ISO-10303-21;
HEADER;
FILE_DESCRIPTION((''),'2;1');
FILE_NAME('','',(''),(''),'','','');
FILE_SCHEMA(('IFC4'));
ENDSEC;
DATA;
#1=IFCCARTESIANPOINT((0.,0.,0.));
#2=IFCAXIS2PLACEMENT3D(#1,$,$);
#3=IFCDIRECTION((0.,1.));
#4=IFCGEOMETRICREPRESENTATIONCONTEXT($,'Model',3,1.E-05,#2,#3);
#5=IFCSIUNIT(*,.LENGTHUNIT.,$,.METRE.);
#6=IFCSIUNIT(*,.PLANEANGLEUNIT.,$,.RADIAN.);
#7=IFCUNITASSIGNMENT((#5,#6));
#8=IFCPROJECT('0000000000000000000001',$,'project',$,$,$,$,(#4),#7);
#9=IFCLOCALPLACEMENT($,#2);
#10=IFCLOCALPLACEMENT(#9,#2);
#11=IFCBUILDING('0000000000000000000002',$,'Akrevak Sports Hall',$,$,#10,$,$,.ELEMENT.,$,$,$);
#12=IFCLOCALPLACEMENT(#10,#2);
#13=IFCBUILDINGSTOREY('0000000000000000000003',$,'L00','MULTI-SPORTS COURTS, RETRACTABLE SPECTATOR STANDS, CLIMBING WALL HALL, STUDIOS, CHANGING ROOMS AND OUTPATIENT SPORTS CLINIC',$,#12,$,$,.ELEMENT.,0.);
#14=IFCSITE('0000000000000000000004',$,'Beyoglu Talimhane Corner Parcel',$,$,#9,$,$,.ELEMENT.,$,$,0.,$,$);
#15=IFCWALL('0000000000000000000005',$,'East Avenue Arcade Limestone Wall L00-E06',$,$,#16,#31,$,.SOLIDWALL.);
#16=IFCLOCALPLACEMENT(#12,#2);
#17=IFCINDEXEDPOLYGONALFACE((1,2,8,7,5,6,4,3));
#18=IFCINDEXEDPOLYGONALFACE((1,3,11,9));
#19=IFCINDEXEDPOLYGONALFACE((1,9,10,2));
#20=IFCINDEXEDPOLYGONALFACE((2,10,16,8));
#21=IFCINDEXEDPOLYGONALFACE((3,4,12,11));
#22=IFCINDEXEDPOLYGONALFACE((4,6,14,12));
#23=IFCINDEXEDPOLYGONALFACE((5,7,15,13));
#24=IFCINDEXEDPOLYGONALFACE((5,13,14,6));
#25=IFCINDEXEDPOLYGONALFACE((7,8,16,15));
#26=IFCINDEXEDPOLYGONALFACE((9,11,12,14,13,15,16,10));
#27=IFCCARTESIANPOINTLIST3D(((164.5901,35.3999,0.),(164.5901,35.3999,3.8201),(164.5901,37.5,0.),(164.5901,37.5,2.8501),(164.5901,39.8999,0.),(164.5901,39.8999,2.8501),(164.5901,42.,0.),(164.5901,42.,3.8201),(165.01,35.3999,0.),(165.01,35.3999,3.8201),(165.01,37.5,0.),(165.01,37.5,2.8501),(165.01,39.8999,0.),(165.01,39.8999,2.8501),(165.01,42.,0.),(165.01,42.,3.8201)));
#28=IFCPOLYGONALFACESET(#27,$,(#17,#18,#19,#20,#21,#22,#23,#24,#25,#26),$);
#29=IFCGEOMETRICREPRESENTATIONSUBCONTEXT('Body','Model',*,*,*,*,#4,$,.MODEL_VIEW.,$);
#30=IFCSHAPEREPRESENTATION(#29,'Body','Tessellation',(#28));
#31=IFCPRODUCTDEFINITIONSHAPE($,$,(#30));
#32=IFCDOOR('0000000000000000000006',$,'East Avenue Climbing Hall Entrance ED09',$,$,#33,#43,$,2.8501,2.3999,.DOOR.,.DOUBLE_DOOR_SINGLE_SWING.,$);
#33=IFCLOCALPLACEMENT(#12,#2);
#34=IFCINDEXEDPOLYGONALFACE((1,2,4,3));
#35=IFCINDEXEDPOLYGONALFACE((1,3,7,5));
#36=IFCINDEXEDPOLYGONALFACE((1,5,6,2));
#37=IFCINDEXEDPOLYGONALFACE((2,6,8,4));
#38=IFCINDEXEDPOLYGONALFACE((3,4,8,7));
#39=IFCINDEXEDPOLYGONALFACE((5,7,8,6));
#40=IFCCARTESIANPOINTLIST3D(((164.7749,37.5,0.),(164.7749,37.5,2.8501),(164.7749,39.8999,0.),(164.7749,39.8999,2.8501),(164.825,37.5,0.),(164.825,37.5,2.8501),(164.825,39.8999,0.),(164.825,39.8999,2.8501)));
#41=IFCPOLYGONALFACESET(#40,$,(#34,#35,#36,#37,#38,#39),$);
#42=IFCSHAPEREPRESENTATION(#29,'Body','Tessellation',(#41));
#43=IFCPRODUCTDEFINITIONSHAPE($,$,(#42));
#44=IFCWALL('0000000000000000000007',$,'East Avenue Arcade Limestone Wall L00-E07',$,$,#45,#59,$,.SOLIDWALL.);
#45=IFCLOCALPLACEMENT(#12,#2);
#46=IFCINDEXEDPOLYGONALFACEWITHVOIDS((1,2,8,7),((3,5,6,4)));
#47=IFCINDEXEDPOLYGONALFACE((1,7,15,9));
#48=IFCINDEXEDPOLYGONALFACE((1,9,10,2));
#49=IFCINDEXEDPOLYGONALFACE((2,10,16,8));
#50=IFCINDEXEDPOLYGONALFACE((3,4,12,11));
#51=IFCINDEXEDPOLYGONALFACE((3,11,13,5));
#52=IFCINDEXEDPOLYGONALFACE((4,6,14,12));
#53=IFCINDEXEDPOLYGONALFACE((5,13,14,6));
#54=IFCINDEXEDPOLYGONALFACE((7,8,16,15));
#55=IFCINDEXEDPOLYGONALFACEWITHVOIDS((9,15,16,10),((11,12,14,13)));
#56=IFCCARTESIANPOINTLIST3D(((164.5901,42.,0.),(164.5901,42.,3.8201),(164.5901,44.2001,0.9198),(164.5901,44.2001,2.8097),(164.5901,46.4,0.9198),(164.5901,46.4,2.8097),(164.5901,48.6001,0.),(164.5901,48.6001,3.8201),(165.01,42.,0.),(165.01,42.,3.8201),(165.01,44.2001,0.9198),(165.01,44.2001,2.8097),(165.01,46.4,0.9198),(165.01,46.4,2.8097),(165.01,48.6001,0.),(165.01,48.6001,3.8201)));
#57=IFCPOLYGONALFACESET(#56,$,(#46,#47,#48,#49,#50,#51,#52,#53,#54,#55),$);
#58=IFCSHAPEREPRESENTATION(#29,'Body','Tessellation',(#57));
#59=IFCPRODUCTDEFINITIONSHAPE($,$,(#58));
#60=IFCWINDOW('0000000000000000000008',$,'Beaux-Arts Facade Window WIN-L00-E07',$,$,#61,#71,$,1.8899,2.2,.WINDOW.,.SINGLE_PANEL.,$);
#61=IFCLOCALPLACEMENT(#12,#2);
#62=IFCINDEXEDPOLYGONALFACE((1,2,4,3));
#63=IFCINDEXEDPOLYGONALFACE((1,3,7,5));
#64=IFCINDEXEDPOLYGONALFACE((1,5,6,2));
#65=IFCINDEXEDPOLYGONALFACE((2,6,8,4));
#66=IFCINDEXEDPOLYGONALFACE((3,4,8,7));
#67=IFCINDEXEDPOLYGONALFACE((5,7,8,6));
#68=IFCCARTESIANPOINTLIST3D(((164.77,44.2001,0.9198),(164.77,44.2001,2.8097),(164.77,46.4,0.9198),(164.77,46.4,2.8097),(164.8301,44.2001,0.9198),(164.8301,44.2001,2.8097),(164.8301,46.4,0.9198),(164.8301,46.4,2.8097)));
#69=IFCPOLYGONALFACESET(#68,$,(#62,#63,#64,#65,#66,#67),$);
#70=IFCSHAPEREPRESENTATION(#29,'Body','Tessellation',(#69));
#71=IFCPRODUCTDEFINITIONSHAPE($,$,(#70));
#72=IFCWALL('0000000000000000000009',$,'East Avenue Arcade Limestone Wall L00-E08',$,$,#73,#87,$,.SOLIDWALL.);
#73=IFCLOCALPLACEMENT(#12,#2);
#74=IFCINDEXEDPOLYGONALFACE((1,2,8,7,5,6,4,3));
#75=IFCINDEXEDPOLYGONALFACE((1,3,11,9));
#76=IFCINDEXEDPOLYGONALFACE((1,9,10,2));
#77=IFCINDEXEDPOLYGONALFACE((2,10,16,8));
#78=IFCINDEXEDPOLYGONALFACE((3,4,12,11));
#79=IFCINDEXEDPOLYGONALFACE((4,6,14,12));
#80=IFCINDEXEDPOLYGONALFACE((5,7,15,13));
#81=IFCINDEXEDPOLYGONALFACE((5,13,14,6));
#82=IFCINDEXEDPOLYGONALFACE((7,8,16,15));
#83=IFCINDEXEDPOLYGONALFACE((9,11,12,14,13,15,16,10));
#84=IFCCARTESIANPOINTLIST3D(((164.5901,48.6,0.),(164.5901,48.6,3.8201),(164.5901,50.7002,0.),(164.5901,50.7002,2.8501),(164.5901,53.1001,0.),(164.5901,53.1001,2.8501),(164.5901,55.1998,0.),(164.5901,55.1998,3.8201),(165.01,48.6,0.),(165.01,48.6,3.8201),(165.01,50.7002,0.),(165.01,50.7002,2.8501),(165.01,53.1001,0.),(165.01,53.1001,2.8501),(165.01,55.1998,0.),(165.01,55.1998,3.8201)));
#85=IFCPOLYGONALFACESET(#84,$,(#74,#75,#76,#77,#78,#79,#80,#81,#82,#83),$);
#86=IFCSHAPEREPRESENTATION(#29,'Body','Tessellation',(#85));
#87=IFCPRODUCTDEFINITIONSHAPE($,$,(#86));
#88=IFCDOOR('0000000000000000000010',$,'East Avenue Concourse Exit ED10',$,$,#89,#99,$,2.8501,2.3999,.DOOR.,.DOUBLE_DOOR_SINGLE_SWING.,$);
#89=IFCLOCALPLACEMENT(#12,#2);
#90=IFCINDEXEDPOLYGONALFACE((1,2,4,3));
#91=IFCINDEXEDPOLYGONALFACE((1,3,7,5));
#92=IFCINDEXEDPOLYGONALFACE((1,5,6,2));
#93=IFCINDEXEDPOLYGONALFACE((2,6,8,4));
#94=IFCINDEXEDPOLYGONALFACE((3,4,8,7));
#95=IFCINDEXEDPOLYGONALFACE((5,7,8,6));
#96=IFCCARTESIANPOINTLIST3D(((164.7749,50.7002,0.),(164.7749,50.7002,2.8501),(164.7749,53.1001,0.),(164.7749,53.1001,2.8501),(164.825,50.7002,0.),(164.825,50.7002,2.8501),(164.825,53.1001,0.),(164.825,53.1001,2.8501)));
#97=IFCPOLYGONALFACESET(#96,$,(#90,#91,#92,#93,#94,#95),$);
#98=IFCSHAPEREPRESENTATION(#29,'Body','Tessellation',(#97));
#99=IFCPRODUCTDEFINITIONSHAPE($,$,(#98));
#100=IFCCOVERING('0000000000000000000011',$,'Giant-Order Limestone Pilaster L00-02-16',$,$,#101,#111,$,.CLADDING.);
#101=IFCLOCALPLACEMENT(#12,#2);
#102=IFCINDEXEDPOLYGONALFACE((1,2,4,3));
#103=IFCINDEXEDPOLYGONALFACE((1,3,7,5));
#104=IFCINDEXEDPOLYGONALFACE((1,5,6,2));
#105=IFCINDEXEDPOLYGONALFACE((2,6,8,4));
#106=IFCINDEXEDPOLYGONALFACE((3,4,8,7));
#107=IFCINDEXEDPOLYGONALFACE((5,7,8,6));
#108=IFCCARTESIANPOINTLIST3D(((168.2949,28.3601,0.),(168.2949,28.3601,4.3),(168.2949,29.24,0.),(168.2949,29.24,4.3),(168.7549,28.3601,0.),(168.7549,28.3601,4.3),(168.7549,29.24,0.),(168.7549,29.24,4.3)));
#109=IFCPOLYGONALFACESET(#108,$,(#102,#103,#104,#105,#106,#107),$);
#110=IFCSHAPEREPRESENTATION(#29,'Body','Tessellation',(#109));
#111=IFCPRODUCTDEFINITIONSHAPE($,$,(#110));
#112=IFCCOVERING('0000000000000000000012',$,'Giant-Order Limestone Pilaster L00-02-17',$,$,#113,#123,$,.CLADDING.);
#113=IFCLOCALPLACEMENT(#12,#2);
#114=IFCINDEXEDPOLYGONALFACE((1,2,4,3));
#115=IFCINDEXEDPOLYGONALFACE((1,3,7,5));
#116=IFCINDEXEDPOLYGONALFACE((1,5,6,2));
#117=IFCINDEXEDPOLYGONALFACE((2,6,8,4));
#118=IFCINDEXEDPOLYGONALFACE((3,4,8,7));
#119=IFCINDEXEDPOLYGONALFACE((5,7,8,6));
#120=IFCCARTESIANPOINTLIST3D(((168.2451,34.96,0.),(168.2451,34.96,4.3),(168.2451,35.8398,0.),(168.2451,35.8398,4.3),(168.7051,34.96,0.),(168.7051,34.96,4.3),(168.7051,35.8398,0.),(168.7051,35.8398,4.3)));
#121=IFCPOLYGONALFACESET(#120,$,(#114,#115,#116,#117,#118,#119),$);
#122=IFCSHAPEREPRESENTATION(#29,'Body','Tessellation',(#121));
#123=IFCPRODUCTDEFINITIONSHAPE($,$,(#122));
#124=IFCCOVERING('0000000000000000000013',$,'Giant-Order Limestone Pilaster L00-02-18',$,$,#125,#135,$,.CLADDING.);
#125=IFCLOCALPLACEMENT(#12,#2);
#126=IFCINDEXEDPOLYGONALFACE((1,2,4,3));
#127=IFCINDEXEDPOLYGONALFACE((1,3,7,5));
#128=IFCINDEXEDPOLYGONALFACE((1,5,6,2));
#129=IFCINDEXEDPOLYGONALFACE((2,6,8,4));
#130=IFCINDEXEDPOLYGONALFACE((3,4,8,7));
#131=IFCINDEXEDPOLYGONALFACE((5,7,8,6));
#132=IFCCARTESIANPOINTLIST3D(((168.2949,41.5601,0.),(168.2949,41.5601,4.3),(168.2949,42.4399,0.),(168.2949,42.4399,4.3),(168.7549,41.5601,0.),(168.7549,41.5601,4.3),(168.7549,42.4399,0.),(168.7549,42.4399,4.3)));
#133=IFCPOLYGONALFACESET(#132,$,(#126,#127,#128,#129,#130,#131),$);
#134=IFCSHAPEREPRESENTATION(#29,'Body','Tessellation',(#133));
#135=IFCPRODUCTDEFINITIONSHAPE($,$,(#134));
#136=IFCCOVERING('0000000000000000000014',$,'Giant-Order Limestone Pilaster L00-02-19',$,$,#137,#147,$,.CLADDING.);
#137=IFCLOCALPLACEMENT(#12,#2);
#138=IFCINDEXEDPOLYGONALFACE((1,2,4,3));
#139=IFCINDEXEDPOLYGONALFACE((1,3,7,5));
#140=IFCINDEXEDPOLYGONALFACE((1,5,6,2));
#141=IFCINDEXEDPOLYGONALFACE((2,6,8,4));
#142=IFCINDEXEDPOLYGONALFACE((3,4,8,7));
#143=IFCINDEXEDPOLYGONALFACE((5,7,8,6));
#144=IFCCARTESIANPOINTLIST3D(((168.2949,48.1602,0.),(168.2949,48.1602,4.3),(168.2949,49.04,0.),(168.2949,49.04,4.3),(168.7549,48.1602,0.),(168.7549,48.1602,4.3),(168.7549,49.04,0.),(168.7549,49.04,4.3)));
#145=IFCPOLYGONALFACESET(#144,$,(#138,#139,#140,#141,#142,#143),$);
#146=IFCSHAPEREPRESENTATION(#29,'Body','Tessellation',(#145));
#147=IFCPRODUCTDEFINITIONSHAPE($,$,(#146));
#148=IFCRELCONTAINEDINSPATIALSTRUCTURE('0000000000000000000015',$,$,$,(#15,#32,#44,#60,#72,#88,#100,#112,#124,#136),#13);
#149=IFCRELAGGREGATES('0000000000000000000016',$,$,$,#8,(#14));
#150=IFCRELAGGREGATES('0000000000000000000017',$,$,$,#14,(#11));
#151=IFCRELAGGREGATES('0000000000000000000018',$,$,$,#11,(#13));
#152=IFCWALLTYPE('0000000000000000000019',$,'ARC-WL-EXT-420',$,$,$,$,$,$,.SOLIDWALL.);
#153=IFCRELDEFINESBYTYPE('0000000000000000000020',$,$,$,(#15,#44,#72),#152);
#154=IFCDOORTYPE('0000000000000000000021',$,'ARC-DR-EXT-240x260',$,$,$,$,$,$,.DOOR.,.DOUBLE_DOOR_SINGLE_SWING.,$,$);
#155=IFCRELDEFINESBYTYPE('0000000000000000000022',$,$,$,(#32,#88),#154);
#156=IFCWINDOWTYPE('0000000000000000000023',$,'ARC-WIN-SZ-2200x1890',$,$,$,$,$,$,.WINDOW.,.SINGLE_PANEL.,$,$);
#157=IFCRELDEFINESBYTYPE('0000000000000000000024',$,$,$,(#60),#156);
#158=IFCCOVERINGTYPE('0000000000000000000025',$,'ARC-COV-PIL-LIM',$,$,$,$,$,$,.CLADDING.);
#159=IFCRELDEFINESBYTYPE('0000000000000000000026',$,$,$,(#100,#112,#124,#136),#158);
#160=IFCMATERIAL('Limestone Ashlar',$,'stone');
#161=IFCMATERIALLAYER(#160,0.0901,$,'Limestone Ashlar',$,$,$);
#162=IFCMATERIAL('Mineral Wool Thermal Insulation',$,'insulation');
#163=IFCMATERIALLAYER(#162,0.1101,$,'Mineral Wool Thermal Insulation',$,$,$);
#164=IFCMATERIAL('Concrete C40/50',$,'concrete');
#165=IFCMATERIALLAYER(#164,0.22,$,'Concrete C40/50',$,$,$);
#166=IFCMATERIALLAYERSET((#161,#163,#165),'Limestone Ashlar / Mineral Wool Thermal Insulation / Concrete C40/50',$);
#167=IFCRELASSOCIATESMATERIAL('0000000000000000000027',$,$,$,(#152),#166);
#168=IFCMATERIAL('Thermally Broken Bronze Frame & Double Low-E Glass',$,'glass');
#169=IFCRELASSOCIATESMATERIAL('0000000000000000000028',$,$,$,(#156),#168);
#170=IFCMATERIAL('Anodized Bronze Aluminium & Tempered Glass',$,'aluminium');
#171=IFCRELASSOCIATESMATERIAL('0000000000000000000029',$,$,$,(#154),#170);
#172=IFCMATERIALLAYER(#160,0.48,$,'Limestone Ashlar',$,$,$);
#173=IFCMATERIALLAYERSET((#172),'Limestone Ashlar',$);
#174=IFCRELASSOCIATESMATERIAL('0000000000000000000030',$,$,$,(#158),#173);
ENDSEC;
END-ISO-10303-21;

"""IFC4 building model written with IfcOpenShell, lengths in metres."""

from ifc_helpers import new_model, si_unit, direction, frame, frame_2d, origin, origin_2d, place, context, subcontext, project, spatial, rectangle, extrude, material, layer, layer_set, type_object, element, fill, save


model = new_model("IFC4")

# Units and contexts
model_context = context("Model", 3, precision=1e-05, world=origin(), true_north=direction((0.0, 1.0)))
body_context = subcontext(model_context, "Body", "Model", "MODEL_VIEW")
ifc_project = project(units=[si_unit("LENGTHUNIT", "METRE"), si_unit("PLANEANGLEUNIT", "RADIAN")], contexts=[model_context])

# Site, building, storey
site_placement = place(None, origin())
site = spatial("IfcSite", under=ifc_project, at=site_placement, Name="Beyoglu Talimhane Corner Parcel", CompositionType="ELEMENT", RefElevation=0.0)
building_placement = place(site_placement, origin())
building = spatial("IfcBuilding", under=site, at=building_placement, Name="Akrevak Sports Hall", CompositionType="ELEMENT")
storey_placement = place(building_placement, origin())
storey = spatial("IfcBuildingStorey", under=building, at=storey_placement, Name="L00", Description="MULTI-SPORTS COURTS, RETRACTABLE SPECTATOR STANDS, CLIMBING WALL HALL, STUDIOS, CHANGING ROOMS AND OUTPATIENT SPORTS CLINIC", CompositionType="ELEMENT", Elevation=0.0)

# Shared definitions
ifc_material_1 = material(Name="Concrete C40/50", Category="concrete")

# Shared definitions
ifc_material_2 = material(Name="Limestone Ashlar", Category="stone")
ifc_layer_1 = layer(ifc_material_2, 0.0901, Name="Limestone Ashlar")
ifc_material_3 = material(Name="Mineral Wool Thermal Insulation", Category="insulation")
ifc_layer_2 = layer(ifc_material_3, 0.1101, Name="Mineral Wool Thermal Insulation")
ifc_layer_3 = layer(ifc_material_1, 0.22, Name="Concrete C40/50")
ifc_layer_set_1 = layer_set([ifc_layer_1, ifc_layer_2, ifc_layer_3], Name="Limestone Ashlar / Mineral Wool Thermal Insulation / Concrete C40/50")
wall_type = type_object("IfcWallType", Name="ARC-WL-EXT-420", PredefinedType="SOLIDWALL", material=ifc_layer_set_1)
ifc_material_4 = material(Name="Thermally Broken Bronze Frame & Double Low-E Glass", Category="glass")
window_type = type_object("IfcWindowType", Name="ARC-WIN-SZ-2200x1890", PartitioningType="SINGLE_PANEL", PredefinedType="WINDOW", material=ifc_material_4)

# Wall, opening, door
wall_1_placement = place(storey_placement, frame((164.8, 35.3999, 0.0), z_axis=(0.0, 0.0, 1.0), x_axis=(0.0, 1.0, 0.0)))
wall_1 = element("IfcWall", 1, at=wall_1_placement, inside=storey, type_object=wall_type, Name="East Avenue Arcade Limestone Wall L00-E06", PredefinedType="SOLIDWALL", context=body_context, shape_type="SweptSolid", body=[
    extrude(rectangle(XDim=6.6001, YDim=0.4199, at=frame_2d((3.3, 0.0))), origin(), (0.0, 0.0, 1.0), 3.8201),
])
opening_1_placement = place(wall_1_placement, frame((2.1001, 0.0, 0.0)))
opening_1 = element("IfcOpeningElement", 2, at=opening_1_placement, cuts=wall_1, PredefinedType="OPENING", context=body_context, shape_type="SweptSolid", body=[
    extrude(rectangle(XDim=2.3999, YDim=2.8501, at=frame_2d((1.2, 1.425))), frame((0.0, 0.2219, 0.0), z_axis=(0.0, -1.0, 0.0), x_axis=(1.0, 0.0, 0.0)), (0.0, 0.0, 1.0), 0.4438),
])
ifc_material_5 = material(Name="Anodized Bronze Aluminium & Tempered Glass", Category="aluminium")
door_type = type_object("IfcDoorType", Name="ARC-DR-EXT-240x260", OperationType="DOUBLE_DOOR_SINGLE_SWING", PredefinedType="DOOR", material=ifc_material_5)
door_1_placement = place(opening_1_placement, frame((2.3999, 0.0, 0.0), z_axis=(0.0, 0.0, 1.0), x_axis=(-1.0, 0.0, 0.0)))
door_1 = element("IfcDoor", 3, at=door_1_placement, inside=storey, type_object=door_type, Name="East Avenue Climbing Hall Entrance ED09", OperationType="DOUBLE_DOOR_SINGLE_SWING", OverallHeight=2.8501, OverallWidth=2.3999, PredefinedType="DOOR", context=body_context, shape_type="SweptSolid", body=[
    extrude(rectangle(XDim=2.3999, YDim=2.8501, at=frame_2d((1.2, 1.425))), frame((0.0, 0.0249, 0.0), z_axis=(0.0, -1.0, 0.0), x_axis=(1.0, 0.0, 0.0)), (0.0, 0.0, 1.0), 0.05),
])
fill(opening_1, door_1)

# Wall, opening, window
wall_2_placement = place(storey_placement, frame((164.8, 42.0, 0.0), z_axis=(0.0, 0.0, 1.0), x_axis=(0.0, 1.0, 0.0)))
wall_2 = element("IfcWall", 4, at=wall_2_placement, inside=storey, type_object=wall_type, Name="East Avenue Arcade Limestone Wall L00-E07", PredefinedType="SOLIDWALL", context=body_context, shape_type="SweptSolid", body=[
    extrude(rectangle(XDim=6.6001, YDim=0.4199, at=frame_2d((3.3, 0.0))), origin(), (0.0, 0.0, 1.0), 3.8201),
])
opening_2_placement = place(wall_2_placement, frame((2.2, 0.0, 0.9199)))
opening_2 = element("IfcOpeningElement", 5, at=opening_2_placement, cuts=wall_2, PredefinedType="OPENING", context=body_context, shape_type="SweptSolid", body=[
    extrude(rectangle(XDim=2.2, YDim=1.8899, at=frame_2d((1.1001, 0.9448))), frame((0.0, 0.2219, 0.0), z_axis=(0.0, -1.0, 0.0), x_axis=(1.0, 0.0, 0.0)), (0.0, 0.0, 1.0), 0.4438),
])
window_1_placement = place(opening_2_placement, origin())
window_1 = element("IfcWindow", 6, at=window_1_placement, inside=storey, type_object=window_type, Name="Beaux-Arts Facade Window WIN-L00-E07", OverallHeight=1.8899, OverallWidth=2.2, PartitioningType="SINGLE_PANEL", PredefinedType="WINDOW", context=body_context, shape_type="SweptSolid", body=[
    extrude(rectangle(XDim=2.2, YDim=1.8899, at=frame_2d((1.1001, 0.9448))), frame((0.0, 0.03, 0.0), z_axis=(0.0, -1.0, 0.0), x_axis=(1.0, 0.0, 0.0)), (0.0, 0.0, 1.0), 0.0601),
])
fill(opening_2, window_1)

# Wall, opening, door
wall_3_placement = place(storey_placement, frame((164.8, 48.6001, 0.0), z_axis=(0.0, 0.0, 1.0), x_axis=(0.0, 1.0, 0.0)))
wall_3 = element("IfcWall", 7, at=wall_3_placement, inside=storey, type_object=wall_type, Name="East Avenue Arcade Limestone Wall L00-E08", PredefinedType="SOLIDWALL", context=body_context, shape_type="SweptSolid", body=[
    extrude(rectangle(XDim=6.5999, YDim=0.4199, at=frame_2d((3.2998, 0.0))), origin(), (0.0, 0.0, 1.0), 3.8201),
])
opening_3_placement = place(wall_3_placement, frame((2.1001, 0.0, 0.0)))
opening_3 = element("IfcOpeningElement", 8, at=opening_3_placement, cuts=wall_3, PredefinedType="OPENING", context=body_context, shape_type="SweptSolid", body=[
    extrude(rectangle(XDim=2.3999, YDim=2.8501, at=frame_2d((1.2, 1.425))), frame((0.0, 0.2219, 0.0), z_axis=(0.0, -1.0, 0.0), x_axis=(1.0, 0.0, 0.0)), (0.0, 0.0, 1.0), 0.4438),
])
door_2_placement = place(opening_3_placement, frame((2.3999, 0.0, 0.0), z_axis=(0.0, 0.0, 1.0), x_axis=(-1.0, 0.0, 0.0)))
door_2 = element("IfcDoor", 9, at=door_2_placement, inside=storey, type_object=door_type, Name="East Avenue Concourse Exit ED10", OperationType="DOUBLE_DOOR_SINGLE_SWING", OverallHeight=2.8501, OverallWidth=2.3999, PredefinedType="DOOR", context=body_context, shape_type="SweptSolid", body=[
    extrude(rectangle(XDim=2.3999, YDim=2.8501, at=frame_2d((1.2, 1.425))), frame((0.0, 0.0249, 0.0), z_axis=(0.0, -1.0, 0.0), x_axis=(1.0, 0.0, 0.0)), (0.0, 0.0, 1.0), 0.05),
])
fill(opening_3, door_2)

# Coverings
ifc_layer_4 = layer(ifc_material_2, 0.48, Name="Limestone Ashlar")
ifc_layer_set_2 = layer_set([ifc_layer_4], Name="Limestone Ashlar")
covering_type = type_object("IfcCoveringType", Name="ARC-COV-PIL-LIM", PredefinedType="CLADDING", material=ifc_layer_set_2)
for number, where, z_axis, x_axis, name in (
    (10, (168.5249, 28.8, 0.0), (0.0, 0.0, 1.0), (0.0, 1.0, 0.0), "Giant-Order Limestone Pilaster L00-02-16"),
    (11, (168.4751, 35.3999, 0.0), (0.0, 0.0, 1.0), (0.0, 1.0, 0.0), "Giant-Order Limestone Pilaster L00-02-17"),
    (12, (168.5249, 42.0, 0.0), (0.0, 0.0, 1.0), (0.0, 1.0, 0.0), "Giant-Order Limestone Pilaster L00-02-18"),
    (13, (168.5249, 48.6001, 0.0), (0.0, 0.0, 1.0), (0.0, 1.0, 0.0), "Giant-Order Limestone Pilaster L00-02-19"),
):
    element("IfcCovering", number, at=place(storey_placement, frame(where, z_axis=z_axis, x_axis=x_axis)), inside=storey, type_object=covering_type, Name=name, PredefinedType="CLADDING", context=body_context, shape_type="SweptSolid", body=[
        extrude(rectangle(XDim=0.8799, YDim=0.46, at=origin_2d()), origin(), (0.0, 0.0, 1.0), 4.3),
    ])

save(model, "model.ifc")
